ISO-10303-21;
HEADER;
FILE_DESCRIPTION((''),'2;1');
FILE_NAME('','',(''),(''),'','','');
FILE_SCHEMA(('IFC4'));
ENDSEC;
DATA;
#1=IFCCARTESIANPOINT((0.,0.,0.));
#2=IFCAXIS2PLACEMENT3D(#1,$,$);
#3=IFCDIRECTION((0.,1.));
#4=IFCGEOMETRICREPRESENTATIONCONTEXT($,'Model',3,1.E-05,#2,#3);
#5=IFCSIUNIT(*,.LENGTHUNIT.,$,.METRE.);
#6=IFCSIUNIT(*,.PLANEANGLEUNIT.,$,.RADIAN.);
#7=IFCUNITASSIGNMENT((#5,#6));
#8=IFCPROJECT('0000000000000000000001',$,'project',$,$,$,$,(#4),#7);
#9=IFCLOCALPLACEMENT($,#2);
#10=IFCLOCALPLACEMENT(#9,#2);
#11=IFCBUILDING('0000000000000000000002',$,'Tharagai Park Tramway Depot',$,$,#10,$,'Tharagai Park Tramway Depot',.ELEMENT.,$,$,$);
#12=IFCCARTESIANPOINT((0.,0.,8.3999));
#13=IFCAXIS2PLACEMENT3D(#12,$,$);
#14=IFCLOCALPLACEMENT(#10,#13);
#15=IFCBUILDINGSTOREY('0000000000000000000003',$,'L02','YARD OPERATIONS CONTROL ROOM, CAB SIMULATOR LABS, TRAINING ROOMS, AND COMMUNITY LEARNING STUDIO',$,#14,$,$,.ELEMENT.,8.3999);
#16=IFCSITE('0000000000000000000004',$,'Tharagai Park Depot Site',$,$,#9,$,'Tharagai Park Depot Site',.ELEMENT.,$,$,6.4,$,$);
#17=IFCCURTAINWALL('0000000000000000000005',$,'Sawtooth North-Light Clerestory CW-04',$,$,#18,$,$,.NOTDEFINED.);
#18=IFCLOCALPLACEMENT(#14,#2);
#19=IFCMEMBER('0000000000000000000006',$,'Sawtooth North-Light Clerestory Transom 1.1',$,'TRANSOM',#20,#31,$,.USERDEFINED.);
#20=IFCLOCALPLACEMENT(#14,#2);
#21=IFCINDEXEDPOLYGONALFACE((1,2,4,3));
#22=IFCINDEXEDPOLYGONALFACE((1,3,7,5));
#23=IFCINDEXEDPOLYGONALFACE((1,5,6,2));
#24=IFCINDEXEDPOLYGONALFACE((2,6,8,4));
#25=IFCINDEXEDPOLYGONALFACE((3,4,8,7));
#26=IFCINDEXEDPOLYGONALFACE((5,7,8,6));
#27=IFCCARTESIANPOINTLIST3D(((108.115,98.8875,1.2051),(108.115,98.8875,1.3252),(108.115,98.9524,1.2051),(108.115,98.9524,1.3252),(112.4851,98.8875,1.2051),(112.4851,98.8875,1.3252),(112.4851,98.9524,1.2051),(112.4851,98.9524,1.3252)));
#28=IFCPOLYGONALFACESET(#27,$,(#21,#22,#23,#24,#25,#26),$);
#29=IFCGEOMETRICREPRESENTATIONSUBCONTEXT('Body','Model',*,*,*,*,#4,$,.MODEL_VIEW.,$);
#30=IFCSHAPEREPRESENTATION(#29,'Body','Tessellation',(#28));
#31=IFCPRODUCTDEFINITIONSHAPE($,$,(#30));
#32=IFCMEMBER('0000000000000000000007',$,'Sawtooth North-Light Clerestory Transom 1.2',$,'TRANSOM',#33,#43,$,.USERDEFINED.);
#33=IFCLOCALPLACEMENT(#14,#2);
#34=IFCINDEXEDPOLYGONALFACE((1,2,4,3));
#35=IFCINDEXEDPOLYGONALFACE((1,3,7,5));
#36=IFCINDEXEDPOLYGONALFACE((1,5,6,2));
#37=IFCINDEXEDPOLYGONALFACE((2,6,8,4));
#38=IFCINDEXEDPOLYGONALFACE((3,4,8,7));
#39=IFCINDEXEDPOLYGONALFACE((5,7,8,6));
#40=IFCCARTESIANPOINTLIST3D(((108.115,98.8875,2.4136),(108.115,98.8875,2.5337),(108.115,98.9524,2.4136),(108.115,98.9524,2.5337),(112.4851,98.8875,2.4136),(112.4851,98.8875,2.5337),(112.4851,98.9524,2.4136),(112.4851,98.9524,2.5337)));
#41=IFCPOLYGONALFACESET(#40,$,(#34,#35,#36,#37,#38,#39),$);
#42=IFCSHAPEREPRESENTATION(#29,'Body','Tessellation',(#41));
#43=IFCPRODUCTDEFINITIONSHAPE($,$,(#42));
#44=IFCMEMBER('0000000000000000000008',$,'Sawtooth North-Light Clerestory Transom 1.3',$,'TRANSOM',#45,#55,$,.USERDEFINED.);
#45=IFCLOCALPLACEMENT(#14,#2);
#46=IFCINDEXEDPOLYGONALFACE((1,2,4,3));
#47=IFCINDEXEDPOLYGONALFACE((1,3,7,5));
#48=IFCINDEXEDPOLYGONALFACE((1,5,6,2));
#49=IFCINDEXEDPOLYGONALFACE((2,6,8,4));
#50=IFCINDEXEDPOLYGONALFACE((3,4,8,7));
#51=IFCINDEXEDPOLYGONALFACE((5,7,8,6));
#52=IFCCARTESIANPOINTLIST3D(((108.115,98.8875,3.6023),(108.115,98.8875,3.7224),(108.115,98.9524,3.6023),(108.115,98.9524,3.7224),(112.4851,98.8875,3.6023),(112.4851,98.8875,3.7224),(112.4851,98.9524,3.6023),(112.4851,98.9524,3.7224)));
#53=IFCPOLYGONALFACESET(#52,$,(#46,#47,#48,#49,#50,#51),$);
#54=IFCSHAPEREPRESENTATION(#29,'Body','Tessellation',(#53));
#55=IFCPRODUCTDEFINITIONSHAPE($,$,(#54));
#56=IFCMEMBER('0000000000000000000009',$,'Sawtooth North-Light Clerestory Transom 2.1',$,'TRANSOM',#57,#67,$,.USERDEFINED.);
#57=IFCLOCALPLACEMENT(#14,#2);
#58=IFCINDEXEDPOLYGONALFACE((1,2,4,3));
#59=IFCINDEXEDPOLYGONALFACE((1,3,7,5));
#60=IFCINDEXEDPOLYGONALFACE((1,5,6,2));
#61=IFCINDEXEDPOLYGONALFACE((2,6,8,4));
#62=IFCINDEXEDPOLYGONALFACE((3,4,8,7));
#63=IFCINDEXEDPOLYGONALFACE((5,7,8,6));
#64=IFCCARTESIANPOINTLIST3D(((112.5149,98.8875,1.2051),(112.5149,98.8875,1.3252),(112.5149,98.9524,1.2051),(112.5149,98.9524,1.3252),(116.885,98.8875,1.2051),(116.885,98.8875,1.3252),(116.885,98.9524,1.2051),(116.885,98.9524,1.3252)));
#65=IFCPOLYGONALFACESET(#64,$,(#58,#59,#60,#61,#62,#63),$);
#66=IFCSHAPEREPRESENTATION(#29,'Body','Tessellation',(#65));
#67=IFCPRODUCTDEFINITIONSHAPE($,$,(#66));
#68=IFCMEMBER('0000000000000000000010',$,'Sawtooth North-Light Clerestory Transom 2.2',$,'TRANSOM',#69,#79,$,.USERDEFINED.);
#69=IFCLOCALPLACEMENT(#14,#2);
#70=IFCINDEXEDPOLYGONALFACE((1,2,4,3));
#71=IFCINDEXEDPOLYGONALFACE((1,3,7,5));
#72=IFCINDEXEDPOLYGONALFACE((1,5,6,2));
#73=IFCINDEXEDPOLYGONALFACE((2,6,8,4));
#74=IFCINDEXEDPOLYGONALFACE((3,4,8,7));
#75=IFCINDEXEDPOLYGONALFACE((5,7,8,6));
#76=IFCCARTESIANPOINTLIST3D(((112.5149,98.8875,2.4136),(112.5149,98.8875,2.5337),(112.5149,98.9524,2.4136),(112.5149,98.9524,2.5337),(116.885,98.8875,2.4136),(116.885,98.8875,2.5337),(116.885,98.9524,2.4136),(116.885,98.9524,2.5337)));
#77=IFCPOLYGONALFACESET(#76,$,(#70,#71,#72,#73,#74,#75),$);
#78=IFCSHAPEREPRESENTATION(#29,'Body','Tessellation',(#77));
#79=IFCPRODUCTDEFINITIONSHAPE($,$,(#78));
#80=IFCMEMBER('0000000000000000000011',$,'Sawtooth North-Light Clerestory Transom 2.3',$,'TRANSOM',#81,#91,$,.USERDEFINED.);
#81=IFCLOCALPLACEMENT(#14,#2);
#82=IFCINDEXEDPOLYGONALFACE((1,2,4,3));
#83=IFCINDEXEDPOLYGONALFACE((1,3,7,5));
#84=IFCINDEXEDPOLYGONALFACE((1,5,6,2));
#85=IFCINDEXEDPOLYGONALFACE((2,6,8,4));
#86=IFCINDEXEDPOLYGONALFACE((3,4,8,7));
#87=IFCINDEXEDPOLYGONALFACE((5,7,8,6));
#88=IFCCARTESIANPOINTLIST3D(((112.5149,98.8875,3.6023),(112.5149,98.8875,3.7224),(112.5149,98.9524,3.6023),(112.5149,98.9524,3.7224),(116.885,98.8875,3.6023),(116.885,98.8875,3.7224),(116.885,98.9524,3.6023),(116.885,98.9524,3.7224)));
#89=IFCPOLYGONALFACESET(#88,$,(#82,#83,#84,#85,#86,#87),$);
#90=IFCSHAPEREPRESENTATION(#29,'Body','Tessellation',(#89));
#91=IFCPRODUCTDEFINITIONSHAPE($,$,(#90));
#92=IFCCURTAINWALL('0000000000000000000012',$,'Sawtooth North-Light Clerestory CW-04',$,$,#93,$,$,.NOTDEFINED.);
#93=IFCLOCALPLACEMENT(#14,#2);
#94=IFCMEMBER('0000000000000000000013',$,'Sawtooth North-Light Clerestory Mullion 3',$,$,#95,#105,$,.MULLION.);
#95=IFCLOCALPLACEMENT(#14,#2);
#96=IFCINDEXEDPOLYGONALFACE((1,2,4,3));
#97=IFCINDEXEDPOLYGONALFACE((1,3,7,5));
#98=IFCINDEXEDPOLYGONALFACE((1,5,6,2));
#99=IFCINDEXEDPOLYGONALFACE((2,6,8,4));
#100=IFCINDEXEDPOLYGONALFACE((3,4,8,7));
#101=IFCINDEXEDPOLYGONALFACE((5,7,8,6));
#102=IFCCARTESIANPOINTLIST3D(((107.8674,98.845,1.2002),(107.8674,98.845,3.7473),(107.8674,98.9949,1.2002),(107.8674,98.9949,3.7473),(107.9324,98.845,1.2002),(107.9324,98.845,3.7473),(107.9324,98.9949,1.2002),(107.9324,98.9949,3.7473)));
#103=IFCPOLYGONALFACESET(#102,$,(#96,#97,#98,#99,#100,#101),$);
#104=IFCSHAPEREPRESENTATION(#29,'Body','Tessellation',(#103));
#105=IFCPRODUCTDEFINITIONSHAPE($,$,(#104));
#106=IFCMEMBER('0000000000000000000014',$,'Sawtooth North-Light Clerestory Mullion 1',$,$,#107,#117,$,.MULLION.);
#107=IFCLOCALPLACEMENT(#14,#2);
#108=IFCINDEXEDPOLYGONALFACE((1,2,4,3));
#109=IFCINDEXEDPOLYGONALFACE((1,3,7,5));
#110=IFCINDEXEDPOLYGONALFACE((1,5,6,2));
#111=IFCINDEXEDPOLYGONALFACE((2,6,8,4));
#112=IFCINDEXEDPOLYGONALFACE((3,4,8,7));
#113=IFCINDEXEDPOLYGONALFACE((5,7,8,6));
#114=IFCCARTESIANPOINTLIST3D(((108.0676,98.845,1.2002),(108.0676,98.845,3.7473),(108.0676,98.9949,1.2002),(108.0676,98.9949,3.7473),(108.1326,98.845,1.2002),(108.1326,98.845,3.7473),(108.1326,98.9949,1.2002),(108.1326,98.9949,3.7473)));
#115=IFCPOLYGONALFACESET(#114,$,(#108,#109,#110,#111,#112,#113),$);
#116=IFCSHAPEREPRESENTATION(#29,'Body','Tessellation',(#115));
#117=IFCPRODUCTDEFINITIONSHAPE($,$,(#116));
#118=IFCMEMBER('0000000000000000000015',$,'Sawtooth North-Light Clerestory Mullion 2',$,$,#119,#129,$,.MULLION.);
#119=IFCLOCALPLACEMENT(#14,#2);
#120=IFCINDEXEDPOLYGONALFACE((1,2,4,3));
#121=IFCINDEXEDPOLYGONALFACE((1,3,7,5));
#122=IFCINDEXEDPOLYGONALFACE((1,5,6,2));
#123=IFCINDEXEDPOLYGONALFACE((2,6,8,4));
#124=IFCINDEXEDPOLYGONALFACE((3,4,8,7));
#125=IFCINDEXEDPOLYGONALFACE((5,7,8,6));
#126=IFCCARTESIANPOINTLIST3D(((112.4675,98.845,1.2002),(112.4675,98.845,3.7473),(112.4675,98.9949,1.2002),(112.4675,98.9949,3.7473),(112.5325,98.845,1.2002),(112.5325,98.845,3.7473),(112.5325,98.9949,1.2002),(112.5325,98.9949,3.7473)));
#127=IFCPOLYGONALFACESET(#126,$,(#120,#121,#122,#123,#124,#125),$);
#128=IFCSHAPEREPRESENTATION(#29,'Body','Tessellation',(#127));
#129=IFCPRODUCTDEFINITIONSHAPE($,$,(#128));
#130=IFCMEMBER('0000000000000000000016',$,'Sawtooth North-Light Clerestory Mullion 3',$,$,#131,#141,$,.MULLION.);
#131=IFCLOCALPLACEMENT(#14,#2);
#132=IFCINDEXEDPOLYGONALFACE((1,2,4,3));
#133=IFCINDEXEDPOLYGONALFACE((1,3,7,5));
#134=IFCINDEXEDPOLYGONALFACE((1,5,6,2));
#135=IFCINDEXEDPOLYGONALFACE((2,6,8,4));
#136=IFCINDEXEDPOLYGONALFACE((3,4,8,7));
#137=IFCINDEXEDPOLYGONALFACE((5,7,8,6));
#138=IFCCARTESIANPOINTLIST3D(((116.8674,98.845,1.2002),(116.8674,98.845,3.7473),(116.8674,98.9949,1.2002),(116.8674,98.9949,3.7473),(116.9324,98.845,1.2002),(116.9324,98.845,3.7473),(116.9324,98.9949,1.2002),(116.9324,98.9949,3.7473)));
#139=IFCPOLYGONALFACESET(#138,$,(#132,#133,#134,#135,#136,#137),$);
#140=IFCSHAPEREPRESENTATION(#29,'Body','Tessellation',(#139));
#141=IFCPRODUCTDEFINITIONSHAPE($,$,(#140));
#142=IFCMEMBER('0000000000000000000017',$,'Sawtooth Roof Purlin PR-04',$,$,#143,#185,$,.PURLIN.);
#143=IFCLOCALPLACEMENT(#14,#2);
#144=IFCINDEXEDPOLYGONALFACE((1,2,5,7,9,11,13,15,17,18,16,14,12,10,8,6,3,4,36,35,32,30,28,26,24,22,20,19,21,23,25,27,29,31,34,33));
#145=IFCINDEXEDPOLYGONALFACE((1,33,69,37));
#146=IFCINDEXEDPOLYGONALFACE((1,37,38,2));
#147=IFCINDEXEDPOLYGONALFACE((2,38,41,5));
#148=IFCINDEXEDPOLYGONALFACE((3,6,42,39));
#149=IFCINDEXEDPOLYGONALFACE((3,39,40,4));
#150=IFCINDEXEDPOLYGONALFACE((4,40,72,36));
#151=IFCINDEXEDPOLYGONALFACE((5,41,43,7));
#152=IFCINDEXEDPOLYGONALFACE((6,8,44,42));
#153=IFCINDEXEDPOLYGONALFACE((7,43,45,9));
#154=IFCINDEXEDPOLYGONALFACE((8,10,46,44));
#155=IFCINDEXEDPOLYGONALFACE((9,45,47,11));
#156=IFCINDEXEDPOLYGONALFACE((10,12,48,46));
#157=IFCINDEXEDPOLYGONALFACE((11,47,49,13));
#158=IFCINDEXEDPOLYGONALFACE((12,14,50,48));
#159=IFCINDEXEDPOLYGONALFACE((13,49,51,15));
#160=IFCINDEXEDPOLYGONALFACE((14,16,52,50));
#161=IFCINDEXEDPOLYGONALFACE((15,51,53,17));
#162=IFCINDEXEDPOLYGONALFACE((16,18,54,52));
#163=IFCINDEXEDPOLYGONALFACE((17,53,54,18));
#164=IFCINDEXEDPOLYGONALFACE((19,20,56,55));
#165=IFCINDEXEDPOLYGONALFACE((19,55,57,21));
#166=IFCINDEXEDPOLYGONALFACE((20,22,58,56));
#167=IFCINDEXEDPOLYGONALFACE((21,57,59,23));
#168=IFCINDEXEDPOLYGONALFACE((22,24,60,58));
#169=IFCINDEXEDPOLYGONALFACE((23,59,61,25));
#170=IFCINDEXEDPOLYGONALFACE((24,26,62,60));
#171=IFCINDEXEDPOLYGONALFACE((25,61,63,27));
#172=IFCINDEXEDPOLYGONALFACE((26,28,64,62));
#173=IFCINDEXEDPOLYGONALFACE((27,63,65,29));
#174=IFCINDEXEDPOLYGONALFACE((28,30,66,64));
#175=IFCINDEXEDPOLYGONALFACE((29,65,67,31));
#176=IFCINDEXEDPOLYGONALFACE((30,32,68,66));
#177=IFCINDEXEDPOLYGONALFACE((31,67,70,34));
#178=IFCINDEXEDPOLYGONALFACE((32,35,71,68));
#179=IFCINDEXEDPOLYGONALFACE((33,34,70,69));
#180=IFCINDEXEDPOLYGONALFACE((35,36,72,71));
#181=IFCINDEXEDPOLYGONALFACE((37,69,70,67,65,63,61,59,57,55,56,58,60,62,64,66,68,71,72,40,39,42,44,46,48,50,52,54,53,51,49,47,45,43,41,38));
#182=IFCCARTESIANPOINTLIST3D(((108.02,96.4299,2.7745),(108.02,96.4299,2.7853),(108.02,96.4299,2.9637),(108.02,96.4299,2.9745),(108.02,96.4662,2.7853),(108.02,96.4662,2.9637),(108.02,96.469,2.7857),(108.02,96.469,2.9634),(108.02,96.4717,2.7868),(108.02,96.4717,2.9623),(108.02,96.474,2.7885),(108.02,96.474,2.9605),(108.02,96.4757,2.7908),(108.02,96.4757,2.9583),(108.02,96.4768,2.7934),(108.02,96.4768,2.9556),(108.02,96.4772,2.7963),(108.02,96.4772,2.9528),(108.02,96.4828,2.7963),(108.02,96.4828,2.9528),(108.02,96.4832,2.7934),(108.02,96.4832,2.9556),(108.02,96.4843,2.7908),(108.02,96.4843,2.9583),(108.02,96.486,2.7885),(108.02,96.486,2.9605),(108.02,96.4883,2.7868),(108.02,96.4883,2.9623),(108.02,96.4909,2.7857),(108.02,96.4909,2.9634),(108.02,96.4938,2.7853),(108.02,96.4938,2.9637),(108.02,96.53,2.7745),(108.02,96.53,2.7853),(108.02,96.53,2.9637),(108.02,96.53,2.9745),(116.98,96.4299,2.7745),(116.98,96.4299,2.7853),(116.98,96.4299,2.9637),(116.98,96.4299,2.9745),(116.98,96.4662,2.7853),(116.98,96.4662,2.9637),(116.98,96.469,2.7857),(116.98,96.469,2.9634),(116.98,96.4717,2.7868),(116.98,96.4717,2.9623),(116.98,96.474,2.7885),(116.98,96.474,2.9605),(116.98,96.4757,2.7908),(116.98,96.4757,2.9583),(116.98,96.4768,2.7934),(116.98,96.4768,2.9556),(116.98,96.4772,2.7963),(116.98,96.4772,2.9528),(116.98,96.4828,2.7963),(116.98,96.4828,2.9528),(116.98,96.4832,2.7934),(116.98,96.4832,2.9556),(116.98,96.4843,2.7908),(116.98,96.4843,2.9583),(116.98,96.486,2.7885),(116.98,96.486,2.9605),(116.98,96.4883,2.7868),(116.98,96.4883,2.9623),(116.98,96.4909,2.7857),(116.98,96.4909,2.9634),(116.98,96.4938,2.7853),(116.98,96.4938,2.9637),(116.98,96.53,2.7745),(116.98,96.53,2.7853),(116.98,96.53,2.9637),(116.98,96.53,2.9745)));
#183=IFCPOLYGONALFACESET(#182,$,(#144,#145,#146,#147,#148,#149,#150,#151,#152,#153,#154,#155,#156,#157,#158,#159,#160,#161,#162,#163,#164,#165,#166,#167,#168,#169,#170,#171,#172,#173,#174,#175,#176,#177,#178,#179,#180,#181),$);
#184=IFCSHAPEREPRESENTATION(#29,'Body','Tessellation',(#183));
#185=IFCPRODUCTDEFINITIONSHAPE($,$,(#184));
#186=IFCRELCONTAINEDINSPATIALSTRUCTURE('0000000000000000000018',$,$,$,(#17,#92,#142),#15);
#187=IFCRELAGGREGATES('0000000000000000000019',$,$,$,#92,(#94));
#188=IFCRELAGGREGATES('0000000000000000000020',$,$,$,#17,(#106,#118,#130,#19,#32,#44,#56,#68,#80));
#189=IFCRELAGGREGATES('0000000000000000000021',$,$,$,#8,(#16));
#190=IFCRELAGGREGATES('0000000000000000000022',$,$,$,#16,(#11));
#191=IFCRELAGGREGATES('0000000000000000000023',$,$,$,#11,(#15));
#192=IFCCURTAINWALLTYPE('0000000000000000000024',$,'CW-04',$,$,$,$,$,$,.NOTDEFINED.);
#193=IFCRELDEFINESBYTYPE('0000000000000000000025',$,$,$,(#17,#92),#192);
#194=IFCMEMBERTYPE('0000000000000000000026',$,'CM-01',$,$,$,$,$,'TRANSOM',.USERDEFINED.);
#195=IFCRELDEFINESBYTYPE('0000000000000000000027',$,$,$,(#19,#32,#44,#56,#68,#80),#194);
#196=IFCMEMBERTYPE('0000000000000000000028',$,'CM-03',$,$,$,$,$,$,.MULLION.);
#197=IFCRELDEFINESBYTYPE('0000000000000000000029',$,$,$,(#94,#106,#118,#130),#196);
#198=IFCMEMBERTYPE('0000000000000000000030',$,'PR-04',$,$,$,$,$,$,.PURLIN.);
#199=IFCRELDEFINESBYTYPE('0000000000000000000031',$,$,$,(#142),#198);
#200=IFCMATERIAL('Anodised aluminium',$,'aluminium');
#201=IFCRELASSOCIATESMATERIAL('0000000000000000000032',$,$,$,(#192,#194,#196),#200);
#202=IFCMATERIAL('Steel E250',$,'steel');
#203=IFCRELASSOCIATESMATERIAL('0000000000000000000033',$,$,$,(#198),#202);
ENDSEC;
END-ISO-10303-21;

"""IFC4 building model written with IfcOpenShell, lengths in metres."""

from ifc_helpers import new_model, si_unit, direction, frame, origin, origin_2d, place, context, subcontext, project, spatial, rectangle, i_section, extrude, material, material_profile, profile_set, type_object, element, aggregate, save


model = new_model("IFC4")

# Units and contexts
model_context = context("Model", 3, precision=1e-05, world=origin(), true_north=direction((0.0, 1.0)))
body_context = subcontext(model_context, "Body", "Model", "MODEL_VIEW")
ifc_project = project(units=[si_unit("LENGTHUNIT", "METRE"), si_unit("PLANEANGLEUNIT", "RADIAN")], contexts=[model_context])

# Site, building, storey
site_placement = place(None, origin())
site = spatial("IfcSite", under=ifc_project, at=site_placement, Name="Tharagai Park Depot Site", LongName="Tharagai Park Depot Site", CompositionType="ELEMENT", RefElevation=6.4)
building_placement = place(site_placement, origin())
building = spatial("IfcBuilding", under=site, at=building_placement, Name="Tharagai Park Tramway Depot", LongName="Tharagai Park Tramway Depot", CompositionType="ELEMENT")
storey_placement = place(building_placement, frame((0.0, 0.0, 8.3999)))
storey = spatial("IfcBuildingStorey", under=building, at=storey_placement, Name="L02", Description="YARD OPERATIONS CONTROL ROOM, CAB SIMULATOR LABS, TRAINING ROOMS, AND COMMUNITY LEARNING STUDIO", CompositionType="ELEMENT", Elevation=8.3999)

# Curtain wall, members
ifc_material_1 = material(Name="Anodised aluminium", Category="aluminium")
curtain_wall_type = type_object("IfcCurtainWallType", Name="CW-04", PredefinedType="NOTDEFINED", material=ifc_material_1)
curtain_wall_1_placement = place(storey_placement, origin())
curtain_wall_1 = element("IfcCurtainWall", 1, at=curtain_wall_1_placement, inside=storey, type_object=curtain_wall_type, Name="Sawtooth North-Light Clerestory CW-04", PredefinedType="NOTDEFINED")
ifc_material_profile_1 = material_profile(ifc_material_1, rectangle(XDim=0.0649, YDim=0.1201, at=origin_2d()), Name="ALU 65x120")
ifc_profile_set_1 = profile_set([ifc_material_profile_1], Name="Anodised aluminium")
member_type_1 = type_object("IfcMemberType", Name="CM-01", ElementType="TRANSOM", PredefinedType="USERDEFINED", material=ifc_profile_set_1)
member_1_placement = place(storey_placement, frame((108.115, 98.9199, 1.2651), z_axis=(1.0, 0.0, 0.0), x_axis=(0.0, 1.0, 0.0)))
member_1 = element("IfcMember", 2, at=member_1_placement, type_object=member_type_1, Name="Sawtooth North-Light Clerestory Transom 1.1", ObjectType="TRANSOM", PredefinedType="USERDEFINED", context=body_context, shape_type="SweptSolid", body=[
    extrude(rectangle(XDim=0.0649, YDim=0.1201, at=origin_2d()), origin(), (0.0, 0.0, 1.0), 4.3701),
])
member_2_placement = place(storey_placement, frame((108.115, 98.9199, 2.4736), z_axis=(1.0, 0.0, 0.0), x_axis=(0.0, 1.0, 0.0)))
member_2 = element("IfcMember", 3, at=member_2_placement, type_object=member_type_1, Name="Sawtooth North-Light Clerestory Transom 1.2", ObjectType="TRANSOM", PredefinedType="USERDEFINED", context=body_context, shape_type="SweptSolid", body=[
    extrude(rectangle(XDim=0.0649, YDim=0.1201, at=origin_2d()), origin(), (0.0, 0.0, 1.0), 4.3701),
])
member_3_placement = place(storey_placement, frame((108.115, 98.9199, 3.6624), z_axis=(1.0, 0.0, 0.0), x_axis=(0.0, 1.0, 0.0)))
member_3 = element("IfcMember", 4, at=member_3_placement, type_object=member_type_1, Name="Sawtooth North-Light Clerestory Transom 1.3", ObjectType="TRANSOM", PredefinedType="USERDEFINED", context=body_context, shape_type="SweptSolid", body=[
    extrude(rectangle(XDim=0.0649, YDim=0.1201, at=origin_2d()), origin(), (0.0, 0.0, 1.0), 4.3701),
])
member_4_placement = place(storey_placement, frame((112.5149, 98.9199, 1.2651), z_axis=(1.0, 0.0, 0.0), x_axis=(0.0, 1.0, 0.0)))
member_4 = element("IfcMember", 5, at=member_4_placement, type_object=member_type_1, Name="Sawtooth North-Light Clerestory Transom 2.1", ObjectType="TRANSOM", PredefinedType="USERDEFINED", context=body_context, shape_type="SweptSolid", body=[
    extrude(rectangle(XDim=0.0649, YDim=0.1201, at=origin_2d()), origin(), (0.0, 0.0, 1.0), 4.3701),
])
member_5_placement = place(storey_placement, frame((112.5149, 98.9199, 2.4736), z_axis=(1.0, 0.0, 0.0), x_axis=(0.0, 1.0, 0.0)))
member_5 = element("IfcMember", 6, at=member_5_placement, type_object=member_type_1, Name="Sawtooth North-Light Clerestory Transom 2.2", ObjectType="TRANSOM", PredefinedType="USERDEFINED", context=body_context, shape_type="SweptSolid", body=[
    extrude(rectangle(XDim=0.0649, YDim=0.1201, at=origin_2d()), origin(), (0.0, 0.0, 1.0), 4.3701),
])
member_6_placement = place(storey_placement, frame((112.5149, 98.9199, 3.6624), z_axis=(1.0, 0.0, 0.0), x_axis=(0.0, 1.0, 0.0)))
member_6 = element("IfcMember", 7, at=member_6_placement, type_object=member_type_1, Name="Sawtooth North-Light Clerestory Transom 2.3", ObjectType="TRANSOM", PredefinedType="USERDEFINED", context=body_context, shape_type="SweptSolid", body=[
    extrude(rectangle(XDim=0.0649, YDim=0.1201, at=origin_2d()), origin(), (0.0, 0.0, 1.0), 4.3701),
])

# Curtain wall, member
curtain_wall_2_placement = place(storey_placement, origin())
curtain_wall_2 = element("IfcCurtainWall", 8, at=curtain_wall_2_placement, inside=storey, type_object=curtain_wall_type, Name="Sawtooth North-Light Clerestory CW-04", PredefinedType="NOTDEFINED")
ifc_material_profile_2 = material_profile(ifc_material_1, rectangle(XDim=0.0649, YDim=0.1499, at=origin_2d()), Name="ALU 65x150")
ifc_profile_set_2 = profile_set([ifc_material_profile_2], Name="Anodised aluminium")
member_type_2 = type_object("IfcMemberType", Name="CM-03", PredefinedType="MULLION", material=ifc_profile_set_2)
member_7_placement = place(storey_placement, frame((107.8999, 98.9199, 1.2002), z_axis=(0.0, 0.0, 1.0), x_axis=(1.0, 0.0, 0.0)))
member_7 = element("IfcMember", 9, at=member_7_placement, type_object=member_type_2, Name="Sawtooth North-Light Clerestory Mullion 3", PredefinedType="MULLION", context=body_context, shape_type="SweptSolid", body=[
    extrude(rectangle(XDim=0.0649, YDim=0.1499, at=origin_2d()), origin(), (0.0, 0.0, 1.0), 2.5471),
])
aggregate(curtain_wall_2, [member_7])

# Members
member_8_placement = place(storey_placement, frame((108.1001, 98.9199, 1.2002), z_axis=(0.0, 0.0, 1.0), x_axis=(1.0, 0.0, 0.0)))
member_8 = element("IfcMember", 10, at=member_8_placement, type_object=member_type_2, Name="Sawtooth North-Light Clerestory Mullion 1", PredefinedType="MULLION", context=body_context, shape_type="SweptSolid", body=[
    extrude(rectangle(XDim=0.0649, YDim=0.1499, at=origin_2d()), origin(), (0.0, 0.0, 1.0), 2.5471),
])
member_9_placement = place(storey_placement, frame((112.5, 98.9199, 1.2002), z_axis=(0.0, 0.0, 1.0), x_axis=(1.0, 0.0, 0.0)))
member_9 = element("IfcMember", 11, at=member_9_placement, type_object=member_type_2, Name="Sawtooth North-Light Clerestory Mullion 2", PredefinedType="MULLION", context=body_context, shape_type="SweptSolid", body=[
    extrude(rectangle(XDim=0.0649, YDim=0.1499, at=origin_2d()), origin(), (0.0, 0.0, 1.0), 2.5471),
])
member_10_placement = place(storey_placement, frame((116.8999, 98.9199, 1.2002), z_axis=(0.0, 0.0, 1.0), x_axis=(1.0, 0.0, 0.0)))
member_10 = element("IfcMember", 12, at=member_10_placement, type_object=member_type_2, Name="Sawtooth North-Light Clerestory Mullion 3", PredefinedType="MULLION", context=body_context, shape_type="SweptSolid", body=[
    extrude(rectangle(XDim=0.0649, YDim=0.1499, at=origin_2d()), origin(), (0.0, 0.0, 1.0), 2.5471),
])

# Member
ifc_material_2 = material(Name="Steel E250", Category="steel")
ifc_material_profile_3 = material_profile(ifc_material_2, i_section(OverallWidth=0.1001, OverallDepth=0.2, WebThickness=0.0056, FlangeThickness=0.0107, FilletRadius=0.011, at=origin_2d()), Name="ISMB 200")
ifc_profile_set_3 = profile_set([ifc_material_profile_3], Name="Steel E250")
member_type_3 = type_object("IfcMemberType", Name="PR-04", PredefinedType="PURLIN", material=ifc_profile_set_3)
member_11_placement = place(storey_placement, frame((108.02, 96.48, 2.8745), z_axis=(1.0, 0.0, 0.0), x_axis=(0.0, 1.0, 0.0)))
element("IfcMember", 13, at=member_11_placement, inside=storey, type_object=member_type_3, Name="Sawtooth Roof Purlin PR-04", PredefinedType="PURLIN", context=body_context, shape_type="SweptSolid", body=[
    extrude(i_section(OverallWidth=0.1001, OverallDepth=0.2, WebThickness=0.0056, FlangeThickness=0.0107, FilletRadius=0.011, at=origin_2d()), origin(), (0.0, 0.0, 1.0), 8.96),
])

aggregate(curtain_wall_1, [member_8, member_9, member_10, member_1, member_2, member_3, member_4, member_5, member_6])

save(model, "model.ifc")
